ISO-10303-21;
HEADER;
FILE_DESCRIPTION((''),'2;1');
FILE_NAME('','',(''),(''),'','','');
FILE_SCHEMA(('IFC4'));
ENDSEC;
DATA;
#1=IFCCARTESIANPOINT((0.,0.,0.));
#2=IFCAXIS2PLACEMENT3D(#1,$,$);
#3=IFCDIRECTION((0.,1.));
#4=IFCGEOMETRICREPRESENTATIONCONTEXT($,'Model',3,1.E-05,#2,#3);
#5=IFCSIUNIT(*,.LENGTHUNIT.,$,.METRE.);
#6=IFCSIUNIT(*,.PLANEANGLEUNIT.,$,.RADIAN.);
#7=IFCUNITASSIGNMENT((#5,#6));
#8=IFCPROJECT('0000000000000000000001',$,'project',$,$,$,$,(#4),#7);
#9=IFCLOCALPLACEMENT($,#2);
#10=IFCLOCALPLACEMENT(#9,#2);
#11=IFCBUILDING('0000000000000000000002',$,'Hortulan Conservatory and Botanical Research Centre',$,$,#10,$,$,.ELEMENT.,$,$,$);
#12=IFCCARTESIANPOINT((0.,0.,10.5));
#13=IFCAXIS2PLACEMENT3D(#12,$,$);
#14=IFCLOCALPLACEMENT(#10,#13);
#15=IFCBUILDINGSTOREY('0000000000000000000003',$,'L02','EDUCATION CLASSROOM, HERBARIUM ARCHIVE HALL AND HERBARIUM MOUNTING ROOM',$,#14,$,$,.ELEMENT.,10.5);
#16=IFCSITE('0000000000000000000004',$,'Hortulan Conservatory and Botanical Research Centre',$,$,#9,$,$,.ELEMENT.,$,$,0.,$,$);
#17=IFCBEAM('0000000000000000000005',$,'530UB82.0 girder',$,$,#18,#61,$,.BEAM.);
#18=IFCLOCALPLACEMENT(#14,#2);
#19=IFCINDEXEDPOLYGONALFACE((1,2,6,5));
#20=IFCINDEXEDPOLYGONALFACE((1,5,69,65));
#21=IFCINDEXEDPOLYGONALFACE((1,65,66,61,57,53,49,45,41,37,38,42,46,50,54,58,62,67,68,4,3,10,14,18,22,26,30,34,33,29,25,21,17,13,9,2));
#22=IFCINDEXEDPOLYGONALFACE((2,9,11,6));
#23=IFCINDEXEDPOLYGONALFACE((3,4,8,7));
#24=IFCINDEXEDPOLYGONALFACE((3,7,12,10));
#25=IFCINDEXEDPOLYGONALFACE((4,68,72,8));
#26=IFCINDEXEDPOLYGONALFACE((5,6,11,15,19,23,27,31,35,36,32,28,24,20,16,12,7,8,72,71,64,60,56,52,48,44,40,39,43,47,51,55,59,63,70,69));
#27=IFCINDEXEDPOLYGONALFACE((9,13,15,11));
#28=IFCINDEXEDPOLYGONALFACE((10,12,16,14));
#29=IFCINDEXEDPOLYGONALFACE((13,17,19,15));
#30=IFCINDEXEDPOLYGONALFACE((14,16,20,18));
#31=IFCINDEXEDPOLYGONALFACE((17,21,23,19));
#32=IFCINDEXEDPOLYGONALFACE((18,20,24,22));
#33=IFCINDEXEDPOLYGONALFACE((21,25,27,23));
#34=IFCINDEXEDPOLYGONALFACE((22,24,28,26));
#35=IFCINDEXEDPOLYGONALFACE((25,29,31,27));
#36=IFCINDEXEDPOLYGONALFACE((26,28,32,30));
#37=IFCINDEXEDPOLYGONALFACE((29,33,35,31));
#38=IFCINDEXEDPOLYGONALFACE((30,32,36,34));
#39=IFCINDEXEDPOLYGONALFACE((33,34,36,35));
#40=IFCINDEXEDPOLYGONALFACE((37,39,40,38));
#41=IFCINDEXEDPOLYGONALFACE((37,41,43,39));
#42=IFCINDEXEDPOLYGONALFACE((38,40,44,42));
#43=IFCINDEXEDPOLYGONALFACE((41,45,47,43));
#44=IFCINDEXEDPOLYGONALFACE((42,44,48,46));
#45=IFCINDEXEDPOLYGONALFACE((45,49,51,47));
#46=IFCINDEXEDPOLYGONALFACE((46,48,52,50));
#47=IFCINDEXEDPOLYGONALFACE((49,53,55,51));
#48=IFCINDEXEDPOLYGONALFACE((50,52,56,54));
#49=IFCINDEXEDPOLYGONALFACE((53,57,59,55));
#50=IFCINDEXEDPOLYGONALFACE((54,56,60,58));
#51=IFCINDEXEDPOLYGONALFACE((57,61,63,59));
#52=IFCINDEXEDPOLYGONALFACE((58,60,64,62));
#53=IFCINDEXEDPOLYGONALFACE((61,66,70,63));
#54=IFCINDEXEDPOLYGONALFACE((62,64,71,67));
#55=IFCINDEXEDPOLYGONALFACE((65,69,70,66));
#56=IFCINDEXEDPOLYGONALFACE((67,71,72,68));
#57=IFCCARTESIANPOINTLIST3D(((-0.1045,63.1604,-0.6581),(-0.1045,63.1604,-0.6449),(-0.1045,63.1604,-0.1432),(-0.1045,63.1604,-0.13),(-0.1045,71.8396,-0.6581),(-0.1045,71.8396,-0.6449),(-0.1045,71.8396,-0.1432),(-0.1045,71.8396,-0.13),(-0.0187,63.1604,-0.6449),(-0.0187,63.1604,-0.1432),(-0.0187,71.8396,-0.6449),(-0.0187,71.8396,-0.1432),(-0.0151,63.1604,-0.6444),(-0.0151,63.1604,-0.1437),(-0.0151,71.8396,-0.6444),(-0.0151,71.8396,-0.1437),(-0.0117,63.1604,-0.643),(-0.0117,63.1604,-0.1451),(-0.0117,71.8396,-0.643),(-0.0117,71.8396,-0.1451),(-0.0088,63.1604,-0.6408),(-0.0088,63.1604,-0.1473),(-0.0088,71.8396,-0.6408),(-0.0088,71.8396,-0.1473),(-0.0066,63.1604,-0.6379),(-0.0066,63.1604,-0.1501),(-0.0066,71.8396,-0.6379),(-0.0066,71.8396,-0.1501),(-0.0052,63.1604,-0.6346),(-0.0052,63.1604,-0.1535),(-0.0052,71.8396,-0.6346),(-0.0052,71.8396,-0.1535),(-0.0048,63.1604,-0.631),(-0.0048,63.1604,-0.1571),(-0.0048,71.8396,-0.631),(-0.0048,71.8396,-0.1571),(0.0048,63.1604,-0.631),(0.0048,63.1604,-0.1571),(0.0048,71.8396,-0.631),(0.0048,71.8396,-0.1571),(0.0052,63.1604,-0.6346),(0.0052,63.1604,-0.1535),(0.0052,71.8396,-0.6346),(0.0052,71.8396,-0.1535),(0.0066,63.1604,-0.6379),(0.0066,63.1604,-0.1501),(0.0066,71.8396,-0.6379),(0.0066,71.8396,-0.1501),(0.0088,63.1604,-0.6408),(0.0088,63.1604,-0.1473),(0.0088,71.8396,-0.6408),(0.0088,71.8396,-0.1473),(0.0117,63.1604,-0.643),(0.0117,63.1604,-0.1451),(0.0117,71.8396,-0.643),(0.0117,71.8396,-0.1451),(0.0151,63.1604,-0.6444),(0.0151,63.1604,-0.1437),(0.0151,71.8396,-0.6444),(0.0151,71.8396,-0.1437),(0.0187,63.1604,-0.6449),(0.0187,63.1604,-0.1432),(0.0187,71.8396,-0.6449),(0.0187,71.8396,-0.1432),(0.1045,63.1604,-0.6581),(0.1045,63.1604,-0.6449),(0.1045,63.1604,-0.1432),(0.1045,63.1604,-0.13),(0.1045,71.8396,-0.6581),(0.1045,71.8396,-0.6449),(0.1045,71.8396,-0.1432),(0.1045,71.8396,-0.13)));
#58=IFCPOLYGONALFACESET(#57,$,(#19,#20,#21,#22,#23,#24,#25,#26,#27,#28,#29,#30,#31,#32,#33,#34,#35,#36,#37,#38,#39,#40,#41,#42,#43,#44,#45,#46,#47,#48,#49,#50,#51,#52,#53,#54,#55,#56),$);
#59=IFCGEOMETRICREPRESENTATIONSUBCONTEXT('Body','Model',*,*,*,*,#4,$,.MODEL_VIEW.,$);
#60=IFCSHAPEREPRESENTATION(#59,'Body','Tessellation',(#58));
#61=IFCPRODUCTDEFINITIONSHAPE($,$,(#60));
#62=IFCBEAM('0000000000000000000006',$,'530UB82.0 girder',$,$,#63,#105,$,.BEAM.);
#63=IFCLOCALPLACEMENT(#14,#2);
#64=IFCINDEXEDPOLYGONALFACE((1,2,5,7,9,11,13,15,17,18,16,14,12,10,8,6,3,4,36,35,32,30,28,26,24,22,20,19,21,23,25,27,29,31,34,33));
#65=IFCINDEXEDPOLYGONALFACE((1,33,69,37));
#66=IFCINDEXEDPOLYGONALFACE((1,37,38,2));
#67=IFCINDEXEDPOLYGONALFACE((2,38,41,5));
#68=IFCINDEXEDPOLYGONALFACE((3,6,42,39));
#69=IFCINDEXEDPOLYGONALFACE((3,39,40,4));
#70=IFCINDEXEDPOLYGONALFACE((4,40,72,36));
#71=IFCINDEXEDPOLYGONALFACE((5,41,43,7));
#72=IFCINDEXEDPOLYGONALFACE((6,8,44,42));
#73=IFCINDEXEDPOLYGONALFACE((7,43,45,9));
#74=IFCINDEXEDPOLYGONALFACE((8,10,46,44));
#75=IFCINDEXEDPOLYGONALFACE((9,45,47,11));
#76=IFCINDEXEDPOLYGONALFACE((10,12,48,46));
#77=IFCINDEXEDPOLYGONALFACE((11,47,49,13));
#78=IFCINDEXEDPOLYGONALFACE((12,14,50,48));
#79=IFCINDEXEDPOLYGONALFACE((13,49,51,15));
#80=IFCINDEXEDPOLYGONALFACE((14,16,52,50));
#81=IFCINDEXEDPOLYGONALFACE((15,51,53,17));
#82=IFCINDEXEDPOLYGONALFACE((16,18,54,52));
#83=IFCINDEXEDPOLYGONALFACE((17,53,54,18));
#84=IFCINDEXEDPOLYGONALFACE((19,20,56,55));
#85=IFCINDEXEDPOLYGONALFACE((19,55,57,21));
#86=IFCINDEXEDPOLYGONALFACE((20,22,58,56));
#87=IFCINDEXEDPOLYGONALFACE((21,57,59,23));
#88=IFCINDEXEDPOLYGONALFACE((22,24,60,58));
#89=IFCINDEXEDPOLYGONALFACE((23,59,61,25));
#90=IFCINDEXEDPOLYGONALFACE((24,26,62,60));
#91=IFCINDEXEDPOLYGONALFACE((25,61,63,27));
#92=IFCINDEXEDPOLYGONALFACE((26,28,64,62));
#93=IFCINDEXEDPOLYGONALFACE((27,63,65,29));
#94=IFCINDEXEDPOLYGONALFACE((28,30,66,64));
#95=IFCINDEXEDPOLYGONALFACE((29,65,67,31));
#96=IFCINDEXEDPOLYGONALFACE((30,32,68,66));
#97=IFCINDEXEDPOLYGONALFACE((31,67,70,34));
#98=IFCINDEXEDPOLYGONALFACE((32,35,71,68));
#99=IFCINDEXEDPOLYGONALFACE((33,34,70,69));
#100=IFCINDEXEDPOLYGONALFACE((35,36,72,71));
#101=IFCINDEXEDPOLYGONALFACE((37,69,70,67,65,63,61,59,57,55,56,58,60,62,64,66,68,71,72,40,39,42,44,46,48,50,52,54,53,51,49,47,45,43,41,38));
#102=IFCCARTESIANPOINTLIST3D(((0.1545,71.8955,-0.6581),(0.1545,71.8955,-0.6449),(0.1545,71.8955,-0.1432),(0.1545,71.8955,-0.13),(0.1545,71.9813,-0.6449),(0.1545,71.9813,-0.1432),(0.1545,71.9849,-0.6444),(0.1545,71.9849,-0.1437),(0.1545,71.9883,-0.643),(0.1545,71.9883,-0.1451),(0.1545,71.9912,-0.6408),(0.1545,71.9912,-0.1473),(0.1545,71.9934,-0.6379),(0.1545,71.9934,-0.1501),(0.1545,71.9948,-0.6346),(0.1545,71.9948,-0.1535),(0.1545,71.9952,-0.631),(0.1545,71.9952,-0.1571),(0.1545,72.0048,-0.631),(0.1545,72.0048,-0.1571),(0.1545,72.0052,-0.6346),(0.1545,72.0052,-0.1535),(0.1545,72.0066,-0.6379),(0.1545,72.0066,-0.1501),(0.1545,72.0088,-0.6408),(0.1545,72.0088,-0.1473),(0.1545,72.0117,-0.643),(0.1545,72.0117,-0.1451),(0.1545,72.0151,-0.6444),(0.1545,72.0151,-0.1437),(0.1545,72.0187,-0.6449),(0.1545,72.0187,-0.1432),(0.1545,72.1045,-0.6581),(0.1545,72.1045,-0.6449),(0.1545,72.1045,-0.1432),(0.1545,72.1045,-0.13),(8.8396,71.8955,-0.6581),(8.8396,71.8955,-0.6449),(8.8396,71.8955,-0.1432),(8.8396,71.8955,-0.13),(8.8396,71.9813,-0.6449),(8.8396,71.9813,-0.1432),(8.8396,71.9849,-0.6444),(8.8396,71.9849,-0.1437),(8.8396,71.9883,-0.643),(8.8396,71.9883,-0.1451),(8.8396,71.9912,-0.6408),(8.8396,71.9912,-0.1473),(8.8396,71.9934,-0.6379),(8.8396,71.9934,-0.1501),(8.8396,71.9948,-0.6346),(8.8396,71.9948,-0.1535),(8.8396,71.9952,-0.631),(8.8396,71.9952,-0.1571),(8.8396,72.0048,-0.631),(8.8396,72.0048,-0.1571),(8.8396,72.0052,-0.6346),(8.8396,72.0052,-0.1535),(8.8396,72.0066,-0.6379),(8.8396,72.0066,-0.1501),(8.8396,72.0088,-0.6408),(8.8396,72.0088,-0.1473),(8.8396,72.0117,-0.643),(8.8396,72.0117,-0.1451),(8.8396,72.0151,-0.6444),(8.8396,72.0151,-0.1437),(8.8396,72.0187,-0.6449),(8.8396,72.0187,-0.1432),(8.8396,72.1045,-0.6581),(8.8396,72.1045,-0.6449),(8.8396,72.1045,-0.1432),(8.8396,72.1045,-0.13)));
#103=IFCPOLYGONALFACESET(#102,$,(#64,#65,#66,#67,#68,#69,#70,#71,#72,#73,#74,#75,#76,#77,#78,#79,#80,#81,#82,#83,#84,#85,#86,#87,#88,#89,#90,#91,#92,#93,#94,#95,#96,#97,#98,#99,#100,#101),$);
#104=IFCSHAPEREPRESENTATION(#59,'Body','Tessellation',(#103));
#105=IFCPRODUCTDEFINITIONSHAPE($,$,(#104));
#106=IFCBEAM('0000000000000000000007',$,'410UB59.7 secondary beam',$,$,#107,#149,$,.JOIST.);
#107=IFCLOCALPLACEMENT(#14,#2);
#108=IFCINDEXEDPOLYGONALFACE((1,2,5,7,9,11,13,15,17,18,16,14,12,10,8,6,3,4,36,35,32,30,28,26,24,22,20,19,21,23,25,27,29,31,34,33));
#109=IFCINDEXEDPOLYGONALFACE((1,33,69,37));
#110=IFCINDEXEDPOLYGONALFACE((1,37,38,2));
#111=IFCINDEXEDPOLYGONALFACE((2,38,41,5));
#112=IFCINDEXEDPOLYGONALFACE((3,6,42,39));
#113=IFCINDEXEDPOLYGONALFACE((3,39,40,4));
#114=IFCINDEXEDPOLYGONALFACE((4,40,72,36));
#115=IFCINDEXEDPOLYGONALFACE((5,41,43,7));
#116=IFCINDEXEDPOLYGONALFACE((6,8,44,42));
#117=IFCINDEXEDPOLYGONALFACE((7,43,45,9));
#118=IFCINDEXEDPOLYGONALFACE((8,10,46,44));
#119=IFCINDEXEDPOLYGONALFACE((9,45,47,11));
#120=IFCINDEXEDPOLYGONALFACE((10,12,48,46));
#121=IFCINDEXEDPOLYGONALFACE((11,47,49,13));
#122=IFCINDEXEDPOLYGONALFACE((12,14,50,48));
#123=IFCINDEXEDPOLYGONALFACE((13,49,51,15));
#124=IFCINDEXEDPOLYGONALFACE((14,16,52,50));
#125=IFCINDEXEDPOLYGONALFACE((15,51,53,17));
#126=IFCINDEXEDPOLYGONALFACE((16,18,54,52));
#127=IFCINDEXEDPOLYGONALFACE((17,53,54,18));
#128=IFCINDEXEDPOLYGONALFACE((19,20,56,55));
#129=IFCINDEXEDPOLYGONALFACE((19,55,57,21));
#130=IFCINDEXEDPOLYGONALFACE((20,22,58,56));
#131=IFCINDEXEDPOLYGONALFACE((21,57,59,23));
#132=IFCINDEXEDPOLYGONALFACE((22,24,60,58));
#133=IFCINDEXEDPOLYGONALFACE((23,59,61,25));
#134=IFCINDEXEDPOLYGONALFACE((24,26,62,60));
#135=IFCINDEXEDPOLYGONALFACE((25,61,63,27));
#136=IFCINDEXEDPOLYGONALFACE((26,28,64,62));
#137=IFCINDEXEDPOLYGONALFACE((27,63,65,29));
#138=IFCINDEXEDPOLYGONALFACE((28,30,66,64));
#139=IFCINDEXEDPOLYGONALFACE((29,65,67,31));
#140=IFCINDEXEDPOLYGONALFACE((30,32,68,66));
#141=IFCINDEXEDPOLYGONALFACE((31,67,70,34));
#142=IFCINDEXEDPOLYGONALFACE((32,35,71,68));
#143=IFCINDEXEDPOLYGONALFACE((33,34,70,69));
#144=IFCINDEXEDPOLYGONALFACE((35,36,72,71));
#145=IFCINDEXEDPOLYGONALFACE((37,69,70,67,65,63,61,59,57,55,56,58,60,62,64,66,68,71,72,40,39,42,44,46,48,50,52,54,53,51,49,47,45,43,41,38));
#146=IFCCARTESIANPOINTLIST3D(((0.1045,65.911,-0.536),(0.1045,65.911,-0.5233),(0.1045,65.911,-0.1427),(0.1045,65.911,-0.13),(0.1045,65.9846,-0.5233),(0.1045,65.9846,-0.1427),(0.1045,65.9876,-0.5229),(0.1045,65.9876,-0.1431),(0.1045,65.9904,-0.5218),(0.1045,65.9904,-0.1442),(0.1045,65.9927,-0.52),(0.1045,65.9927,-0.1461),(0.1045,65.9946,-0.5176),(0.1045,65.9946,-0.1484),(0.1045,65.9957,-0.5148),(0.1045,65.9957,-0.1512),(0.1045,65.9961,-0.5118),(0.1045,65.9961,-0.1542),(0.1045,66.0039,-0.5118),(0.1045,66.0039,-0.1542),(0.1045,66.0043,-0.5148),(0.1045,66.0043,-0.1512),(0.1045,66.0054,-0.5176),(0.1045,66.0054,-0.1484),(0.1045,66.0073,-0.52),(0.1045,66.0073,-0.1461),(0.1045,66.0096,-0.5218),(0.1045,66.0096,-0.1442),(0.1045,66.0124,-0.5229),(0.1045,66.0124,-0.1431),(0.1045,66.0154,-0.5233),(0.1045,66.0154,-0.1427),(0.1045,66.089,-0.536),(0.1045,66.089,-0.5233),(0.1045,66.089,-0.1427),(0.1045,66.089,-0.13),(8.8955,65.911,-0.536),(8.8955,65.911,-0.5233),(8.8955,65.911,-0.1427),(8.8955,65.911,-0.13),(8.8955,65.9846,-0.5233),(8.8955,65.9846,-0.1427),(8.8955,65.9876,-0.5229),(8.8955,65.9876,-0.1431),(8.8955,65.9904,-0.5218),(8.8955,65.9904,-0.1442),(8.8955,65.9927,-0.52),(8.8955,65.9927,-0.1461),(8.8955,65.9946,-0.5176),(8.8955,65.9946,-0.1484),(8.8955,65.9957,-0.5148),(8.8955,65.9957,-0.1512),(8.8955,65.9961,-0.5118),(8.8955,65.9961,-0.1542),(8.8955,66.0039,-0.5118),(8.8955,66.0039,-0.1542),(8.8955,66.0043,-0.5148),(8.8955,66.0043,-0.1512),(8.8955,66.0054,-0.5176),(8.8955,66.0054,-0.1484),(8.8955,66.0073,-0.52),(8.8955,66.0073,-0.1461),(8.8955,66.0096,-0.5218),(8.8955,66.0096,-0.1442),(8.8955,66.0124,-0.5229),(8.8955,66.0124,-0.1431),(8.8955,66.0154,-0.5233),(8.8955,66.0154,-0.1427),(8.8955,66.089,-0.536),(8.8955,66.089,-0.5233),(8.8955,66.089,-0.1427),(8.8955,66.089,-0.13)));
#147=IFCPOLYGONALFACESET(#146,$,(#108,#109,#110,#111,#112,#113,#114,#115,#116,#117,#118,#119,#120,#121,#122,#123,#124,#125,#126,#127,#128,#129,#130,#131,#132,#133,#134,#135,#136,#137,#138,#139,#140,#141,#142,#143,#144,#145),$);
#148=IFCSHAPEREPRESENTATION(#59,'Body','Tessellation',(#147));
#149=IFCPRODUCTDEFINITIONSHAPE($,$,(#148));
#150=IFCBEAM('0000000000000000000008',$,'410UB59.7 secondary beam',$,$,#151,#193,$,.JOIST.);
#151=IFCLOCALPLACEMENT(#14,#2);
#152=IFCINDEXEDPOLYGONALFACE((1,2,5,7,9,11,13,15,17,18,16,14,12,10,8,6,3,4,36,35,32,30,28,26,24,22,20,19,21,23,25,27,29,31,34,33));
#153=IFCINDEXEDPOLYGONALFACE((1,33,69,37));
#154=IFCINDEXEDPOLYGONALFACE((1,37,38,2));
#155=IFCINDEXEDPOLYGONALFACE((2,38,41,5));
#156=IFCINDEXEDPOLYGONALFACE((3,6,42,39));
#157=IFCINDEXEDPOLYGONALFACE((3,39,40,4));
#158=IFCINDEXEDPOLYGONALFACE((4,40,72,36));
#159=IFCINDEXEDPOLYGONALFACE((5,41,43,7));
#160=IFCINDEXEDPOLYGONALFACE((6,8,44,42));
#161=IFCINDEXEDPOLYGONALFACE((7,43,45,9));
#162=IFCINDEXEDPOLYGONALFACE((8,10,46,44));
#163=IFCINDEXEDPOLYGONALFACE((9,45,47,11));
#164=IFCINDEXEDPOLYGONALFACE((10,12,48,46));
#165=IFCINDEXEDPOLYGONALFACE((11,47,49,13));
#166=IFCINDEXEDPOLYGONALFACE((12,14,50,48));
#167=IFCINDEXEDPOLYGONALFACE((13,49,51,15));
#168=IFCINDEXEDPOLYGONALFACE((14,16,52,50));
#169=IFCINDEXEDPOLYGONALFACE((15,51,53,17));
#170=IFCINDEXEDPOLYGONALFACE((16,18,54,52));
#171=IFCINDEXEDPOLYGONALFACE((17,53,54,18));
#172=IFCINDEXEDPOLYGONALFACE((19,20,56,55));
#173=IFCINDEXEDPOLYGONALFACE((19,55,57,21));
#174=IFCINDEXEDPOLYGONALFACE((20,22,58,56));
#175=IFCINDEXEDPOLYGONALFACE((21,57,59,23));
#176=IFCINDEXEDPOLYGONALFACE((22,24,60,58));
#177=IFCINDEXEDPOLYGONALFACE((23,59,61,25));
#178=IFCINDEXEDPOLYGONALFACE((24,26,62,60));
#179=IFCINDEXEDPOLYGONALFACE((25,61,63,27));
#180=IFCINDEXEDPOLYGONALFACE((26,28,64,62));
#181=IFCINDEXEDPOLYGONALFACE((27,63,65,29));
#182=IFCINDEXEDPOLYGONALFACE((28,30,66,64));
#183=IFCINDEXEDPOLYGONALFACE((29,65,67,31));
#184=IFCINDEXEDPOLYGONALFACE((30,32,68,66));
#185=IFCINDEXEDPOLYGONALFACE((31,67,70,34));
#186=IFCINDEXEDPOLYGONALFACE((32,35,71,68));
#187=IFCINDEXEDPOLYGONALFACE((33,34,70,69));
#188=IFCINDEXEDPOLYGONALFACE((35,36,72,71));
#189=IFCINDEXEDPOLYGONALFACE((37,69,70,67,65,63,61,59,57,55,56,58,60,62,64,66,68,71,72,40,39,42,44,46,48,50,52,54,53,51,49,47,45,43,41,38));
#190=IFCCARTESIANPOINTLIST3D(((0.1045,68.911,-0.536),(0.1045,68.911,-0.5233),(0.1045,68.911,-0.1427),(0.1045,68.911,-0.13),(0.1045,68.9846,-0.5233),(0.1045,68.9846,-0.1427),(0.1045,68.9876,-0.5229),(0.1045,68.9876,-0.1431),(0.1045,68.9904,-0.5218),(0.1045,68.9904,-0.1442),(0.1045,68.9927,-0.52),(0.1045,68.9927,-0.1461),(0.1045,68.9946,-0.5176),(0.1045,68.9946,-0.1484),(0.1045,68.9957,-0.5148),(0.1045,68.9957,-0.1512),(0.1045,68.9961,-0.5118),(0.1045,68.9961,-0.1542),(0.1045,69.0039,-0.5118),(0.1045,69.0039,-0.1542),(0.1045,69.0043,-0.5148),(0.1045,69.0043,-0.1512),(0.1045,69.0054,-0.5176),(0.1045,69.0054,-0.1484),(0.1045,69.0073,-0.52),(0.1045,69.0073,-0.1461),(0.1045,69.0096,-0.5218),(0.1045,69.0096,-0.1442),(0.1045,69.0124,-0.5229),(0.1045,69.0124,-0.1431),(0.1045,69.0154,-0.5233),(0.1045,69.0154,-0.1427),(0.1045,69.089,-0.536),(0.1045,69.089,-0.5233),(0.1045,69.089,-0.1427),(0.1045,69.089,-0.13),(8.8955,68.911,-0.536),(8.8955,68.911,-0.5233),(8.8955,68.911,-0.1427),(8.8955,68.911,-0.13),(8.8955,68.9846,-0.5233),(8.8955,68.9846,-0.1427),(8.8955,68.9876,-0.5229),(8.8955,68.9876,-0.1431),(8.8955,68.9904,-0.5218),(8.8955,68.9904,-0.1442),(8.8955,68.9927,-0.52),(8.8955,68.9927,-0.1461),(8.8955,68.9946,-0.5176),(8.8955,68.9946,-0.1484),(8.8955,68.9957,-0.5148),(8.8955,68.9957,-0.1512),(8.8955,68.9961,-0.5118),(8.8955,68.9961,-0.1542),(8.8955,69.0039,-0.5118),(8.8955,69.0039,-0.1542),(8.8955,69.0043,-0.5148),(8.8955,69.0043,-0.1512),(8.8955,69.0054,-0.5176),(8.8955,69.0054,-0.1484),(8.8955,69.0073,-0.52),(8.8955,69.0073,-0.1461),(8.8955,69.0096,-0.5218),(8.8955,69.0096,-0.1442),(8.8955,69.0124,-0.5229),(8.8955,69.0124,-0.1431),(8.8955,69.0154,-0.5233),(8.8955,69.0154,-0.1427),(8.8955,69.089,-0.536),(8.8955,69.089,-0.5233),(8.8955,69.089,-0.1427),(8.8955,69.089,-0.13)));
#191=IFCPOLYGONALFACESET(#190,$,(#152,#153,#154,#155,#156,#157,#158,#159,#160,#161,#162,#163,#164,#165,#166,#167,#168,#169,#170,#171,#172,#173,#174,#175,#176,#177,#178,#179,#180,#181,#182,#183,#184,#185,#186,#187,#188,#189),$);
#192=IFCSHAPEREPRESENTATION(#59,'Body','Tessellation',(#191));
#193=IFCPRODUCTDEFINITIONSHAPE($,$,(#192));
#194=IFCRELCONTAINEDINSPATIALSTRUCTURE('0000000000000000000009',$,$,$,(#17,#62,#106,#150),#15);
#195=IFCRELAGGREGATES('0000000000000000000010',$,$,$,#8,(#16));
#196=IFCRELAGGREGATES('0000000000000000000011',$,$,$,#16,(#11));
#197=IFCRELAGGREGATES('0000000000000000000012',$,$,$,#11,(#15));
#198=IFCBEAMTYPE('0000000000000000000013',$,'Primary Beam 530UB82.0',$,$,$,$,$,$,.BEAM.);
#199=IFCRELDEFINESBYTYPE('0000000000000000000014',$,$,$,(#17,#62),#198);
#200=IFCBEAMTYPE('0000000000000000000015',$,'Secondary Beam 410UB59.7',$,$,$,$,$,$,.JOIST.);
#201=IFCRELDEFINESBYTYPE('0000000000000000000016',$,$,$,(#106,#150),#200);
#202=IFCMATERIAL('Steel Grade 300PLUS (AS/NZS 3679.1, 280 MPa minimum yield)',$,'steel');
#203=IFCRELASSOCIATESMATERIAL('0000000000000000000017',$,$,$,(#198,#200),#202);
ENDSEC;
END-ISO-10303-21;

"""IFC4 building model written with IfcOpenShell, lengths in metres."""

from ifc_helpers import new_model, si_unit, direction, frame, origin, origin_2d, place, context, subcontext, project, spatial, i_section, extrude, material, material_profile, profile_set, type_object, element, save


model = new_model("IFC4")

# Units and contexts
model_context = context("Model", 3, precision=1e-05, world=origin(), true_north=direction((0.0, 1.0)))
body_context = subcontext(model_context, "Body", "Model", "MODEL_VIEW")
ifc_project = project(units=[si_unit("LENGTHUNIT", "METRE"), si_unit("PLANEANGLEUNIT", "RADIAN")], contexts=[model_context])

# Site, building, storey
site_placement = place(None, origin())
site = spatial("IfcSite", under=ifc_project, at=site_placement, Name="Hortulan Conservatory and Botanical Research Centre", CompositionType="ELEMENT", RefElevation=0.0)
building_placement = place(site_placement, origin())
building = spatial("IfcBuilding", under=site, at=building_placement, Name="Hortulan Conservatory and Botanical Research Centre", CompositionType="ELEMENT")
storey_placement = place(building_placement, frame((0.0, 0.0, 10.5)))
storey = spatial("IfcBuildingStorey", under=building, at=storey_placement, Name="L02", Description="EDUCATION CLASSROOM, HERBARIUM ARCHIVE HALL AND HERBARIUM MOUNTING ROOM", CompositionType="ELEMENT", Elevation=10.5)

# Shared definitions
ifc_material_1 = material(Name="Steel Grade 300PLUS (AS/NZS 3679.1, 280 MPa minimum yield)", Category="steel")

# Beams
ifc_material_profile_1 = material_profile(ifc_material_1, i_section(OverallWidth=0.209, OverallDepth=0.5281, WebThickness=0.0095, FlangeThickness=0.0132, FilletRadius=0.0139, at=origin_2d()), Name="530UB82.0")
ifc_profile_set_1 = profile_set([ifc_material_profile_1], Name="Steel Grade 300PLUS (AS/NZS 3679.1, 280 MPa minimum yield)")
beam_type_1 = type_object("IfcBeamType", Name="Primary Beam 530UB82.0", PredefinedType="BEAM", material=ifc_profile_set_1)
beam_1_placement = place(storey_placement, frame((0.0, 63.1604, -0.394), z_axis=(0.0, 1.0, 0.0), x_axis=(-1.0, 0.0, 0.0)))
element("IfcBeam", 1, at=beam_1_placement, inside=storey, type_object=beam_type_1, Name="530UB82.0 girder", PredefinedType="BEAM", context=body_context, shape_type="SweptSolid", body=[
    extrude(i_section(OverallWidth=0.209, OverallDepth=0.5281, WebThickness=0.0095, FlangeThickness=0.0132, FilletRadius=0.0139, at=origin_2d()), origin(), (0.0, 0.0, 1.0), 8.6792),
])
beam_2_placement = place(storey_placement, frame((0.1545, 72.0, -0.394), z_axis=(1.0, 0.0, 0.0), x_axis=(0.0, 1.0, 0.0)))
element("IfcBeam", 2, at=beam_2_placement, inside=storey, type_object=beam_type_1, Name="530UB82.0 girder", PredefinedType="BEAM", context=body_context, shape_type="SweptSolid", body=[
    extrude(i_section(OverallWidth=0.209, OverallDepth=0.5281, WebThickness=0.0095, FlangeThickness=0.0132, FilletRadius=0.0139, at=origin_2d()), origin(), (0.0, 0.0, 1.0), 8.6851),
])
ifc_material_profile_2 = material_profile(ifc_material_1, i_section(OverallWidth=0.178, OverallDepth=0.406, WebThickness=0.0078, FlangeThickness=0.0127, FilletRadius=0.0115, at=origin_2d()), Name="410UB59.7")
ifc_profile_set_2 = profile_set([ifc_material_profile_2], Name="Steel Grade 300PLUS (AS/NZS 3679.1, 280 MPa minimum yield)")
beam_type_2 = type_object("IfcBeamType", Name="Secondary Beam 410UB59.7", PredefinedType="JOIST", material=ifc_profile_set_2)
for number, where, z_axis, x_axis, name in (
    (3, (0.1045, 66.0, -0.333), (1.0, 0.0, 0.0), (0.0, 1.0, 0.0), "410UB59.7 secondary beam"),
    (4, (0.1045, 69.0, -0.333), (1.0, 0.0, 0.0), (0.0, 1.0, 0.0), "410UB59.7 secondary beam"),
):
    element("IfcBeam", number, at=place(storey_placement, frame(where, z_axis=z_axis, x_axis=x_axis)), inside=storey, type_object=beam_type_2, Name=name, PredefinedType="JOIST", context=body_context, shape_type="SweptSolid", body=[
        extrude(i_section(OverallWidth=0.178, OverallDepth=0.406, WebThickness=0.0078, FlangeThickness=0.0127, FilletRadius=0.0115, at=origin_2d()), origin(), (0.0, 0.0, 1.0), 8.791),
    ])

save(model, "model.ifc")
